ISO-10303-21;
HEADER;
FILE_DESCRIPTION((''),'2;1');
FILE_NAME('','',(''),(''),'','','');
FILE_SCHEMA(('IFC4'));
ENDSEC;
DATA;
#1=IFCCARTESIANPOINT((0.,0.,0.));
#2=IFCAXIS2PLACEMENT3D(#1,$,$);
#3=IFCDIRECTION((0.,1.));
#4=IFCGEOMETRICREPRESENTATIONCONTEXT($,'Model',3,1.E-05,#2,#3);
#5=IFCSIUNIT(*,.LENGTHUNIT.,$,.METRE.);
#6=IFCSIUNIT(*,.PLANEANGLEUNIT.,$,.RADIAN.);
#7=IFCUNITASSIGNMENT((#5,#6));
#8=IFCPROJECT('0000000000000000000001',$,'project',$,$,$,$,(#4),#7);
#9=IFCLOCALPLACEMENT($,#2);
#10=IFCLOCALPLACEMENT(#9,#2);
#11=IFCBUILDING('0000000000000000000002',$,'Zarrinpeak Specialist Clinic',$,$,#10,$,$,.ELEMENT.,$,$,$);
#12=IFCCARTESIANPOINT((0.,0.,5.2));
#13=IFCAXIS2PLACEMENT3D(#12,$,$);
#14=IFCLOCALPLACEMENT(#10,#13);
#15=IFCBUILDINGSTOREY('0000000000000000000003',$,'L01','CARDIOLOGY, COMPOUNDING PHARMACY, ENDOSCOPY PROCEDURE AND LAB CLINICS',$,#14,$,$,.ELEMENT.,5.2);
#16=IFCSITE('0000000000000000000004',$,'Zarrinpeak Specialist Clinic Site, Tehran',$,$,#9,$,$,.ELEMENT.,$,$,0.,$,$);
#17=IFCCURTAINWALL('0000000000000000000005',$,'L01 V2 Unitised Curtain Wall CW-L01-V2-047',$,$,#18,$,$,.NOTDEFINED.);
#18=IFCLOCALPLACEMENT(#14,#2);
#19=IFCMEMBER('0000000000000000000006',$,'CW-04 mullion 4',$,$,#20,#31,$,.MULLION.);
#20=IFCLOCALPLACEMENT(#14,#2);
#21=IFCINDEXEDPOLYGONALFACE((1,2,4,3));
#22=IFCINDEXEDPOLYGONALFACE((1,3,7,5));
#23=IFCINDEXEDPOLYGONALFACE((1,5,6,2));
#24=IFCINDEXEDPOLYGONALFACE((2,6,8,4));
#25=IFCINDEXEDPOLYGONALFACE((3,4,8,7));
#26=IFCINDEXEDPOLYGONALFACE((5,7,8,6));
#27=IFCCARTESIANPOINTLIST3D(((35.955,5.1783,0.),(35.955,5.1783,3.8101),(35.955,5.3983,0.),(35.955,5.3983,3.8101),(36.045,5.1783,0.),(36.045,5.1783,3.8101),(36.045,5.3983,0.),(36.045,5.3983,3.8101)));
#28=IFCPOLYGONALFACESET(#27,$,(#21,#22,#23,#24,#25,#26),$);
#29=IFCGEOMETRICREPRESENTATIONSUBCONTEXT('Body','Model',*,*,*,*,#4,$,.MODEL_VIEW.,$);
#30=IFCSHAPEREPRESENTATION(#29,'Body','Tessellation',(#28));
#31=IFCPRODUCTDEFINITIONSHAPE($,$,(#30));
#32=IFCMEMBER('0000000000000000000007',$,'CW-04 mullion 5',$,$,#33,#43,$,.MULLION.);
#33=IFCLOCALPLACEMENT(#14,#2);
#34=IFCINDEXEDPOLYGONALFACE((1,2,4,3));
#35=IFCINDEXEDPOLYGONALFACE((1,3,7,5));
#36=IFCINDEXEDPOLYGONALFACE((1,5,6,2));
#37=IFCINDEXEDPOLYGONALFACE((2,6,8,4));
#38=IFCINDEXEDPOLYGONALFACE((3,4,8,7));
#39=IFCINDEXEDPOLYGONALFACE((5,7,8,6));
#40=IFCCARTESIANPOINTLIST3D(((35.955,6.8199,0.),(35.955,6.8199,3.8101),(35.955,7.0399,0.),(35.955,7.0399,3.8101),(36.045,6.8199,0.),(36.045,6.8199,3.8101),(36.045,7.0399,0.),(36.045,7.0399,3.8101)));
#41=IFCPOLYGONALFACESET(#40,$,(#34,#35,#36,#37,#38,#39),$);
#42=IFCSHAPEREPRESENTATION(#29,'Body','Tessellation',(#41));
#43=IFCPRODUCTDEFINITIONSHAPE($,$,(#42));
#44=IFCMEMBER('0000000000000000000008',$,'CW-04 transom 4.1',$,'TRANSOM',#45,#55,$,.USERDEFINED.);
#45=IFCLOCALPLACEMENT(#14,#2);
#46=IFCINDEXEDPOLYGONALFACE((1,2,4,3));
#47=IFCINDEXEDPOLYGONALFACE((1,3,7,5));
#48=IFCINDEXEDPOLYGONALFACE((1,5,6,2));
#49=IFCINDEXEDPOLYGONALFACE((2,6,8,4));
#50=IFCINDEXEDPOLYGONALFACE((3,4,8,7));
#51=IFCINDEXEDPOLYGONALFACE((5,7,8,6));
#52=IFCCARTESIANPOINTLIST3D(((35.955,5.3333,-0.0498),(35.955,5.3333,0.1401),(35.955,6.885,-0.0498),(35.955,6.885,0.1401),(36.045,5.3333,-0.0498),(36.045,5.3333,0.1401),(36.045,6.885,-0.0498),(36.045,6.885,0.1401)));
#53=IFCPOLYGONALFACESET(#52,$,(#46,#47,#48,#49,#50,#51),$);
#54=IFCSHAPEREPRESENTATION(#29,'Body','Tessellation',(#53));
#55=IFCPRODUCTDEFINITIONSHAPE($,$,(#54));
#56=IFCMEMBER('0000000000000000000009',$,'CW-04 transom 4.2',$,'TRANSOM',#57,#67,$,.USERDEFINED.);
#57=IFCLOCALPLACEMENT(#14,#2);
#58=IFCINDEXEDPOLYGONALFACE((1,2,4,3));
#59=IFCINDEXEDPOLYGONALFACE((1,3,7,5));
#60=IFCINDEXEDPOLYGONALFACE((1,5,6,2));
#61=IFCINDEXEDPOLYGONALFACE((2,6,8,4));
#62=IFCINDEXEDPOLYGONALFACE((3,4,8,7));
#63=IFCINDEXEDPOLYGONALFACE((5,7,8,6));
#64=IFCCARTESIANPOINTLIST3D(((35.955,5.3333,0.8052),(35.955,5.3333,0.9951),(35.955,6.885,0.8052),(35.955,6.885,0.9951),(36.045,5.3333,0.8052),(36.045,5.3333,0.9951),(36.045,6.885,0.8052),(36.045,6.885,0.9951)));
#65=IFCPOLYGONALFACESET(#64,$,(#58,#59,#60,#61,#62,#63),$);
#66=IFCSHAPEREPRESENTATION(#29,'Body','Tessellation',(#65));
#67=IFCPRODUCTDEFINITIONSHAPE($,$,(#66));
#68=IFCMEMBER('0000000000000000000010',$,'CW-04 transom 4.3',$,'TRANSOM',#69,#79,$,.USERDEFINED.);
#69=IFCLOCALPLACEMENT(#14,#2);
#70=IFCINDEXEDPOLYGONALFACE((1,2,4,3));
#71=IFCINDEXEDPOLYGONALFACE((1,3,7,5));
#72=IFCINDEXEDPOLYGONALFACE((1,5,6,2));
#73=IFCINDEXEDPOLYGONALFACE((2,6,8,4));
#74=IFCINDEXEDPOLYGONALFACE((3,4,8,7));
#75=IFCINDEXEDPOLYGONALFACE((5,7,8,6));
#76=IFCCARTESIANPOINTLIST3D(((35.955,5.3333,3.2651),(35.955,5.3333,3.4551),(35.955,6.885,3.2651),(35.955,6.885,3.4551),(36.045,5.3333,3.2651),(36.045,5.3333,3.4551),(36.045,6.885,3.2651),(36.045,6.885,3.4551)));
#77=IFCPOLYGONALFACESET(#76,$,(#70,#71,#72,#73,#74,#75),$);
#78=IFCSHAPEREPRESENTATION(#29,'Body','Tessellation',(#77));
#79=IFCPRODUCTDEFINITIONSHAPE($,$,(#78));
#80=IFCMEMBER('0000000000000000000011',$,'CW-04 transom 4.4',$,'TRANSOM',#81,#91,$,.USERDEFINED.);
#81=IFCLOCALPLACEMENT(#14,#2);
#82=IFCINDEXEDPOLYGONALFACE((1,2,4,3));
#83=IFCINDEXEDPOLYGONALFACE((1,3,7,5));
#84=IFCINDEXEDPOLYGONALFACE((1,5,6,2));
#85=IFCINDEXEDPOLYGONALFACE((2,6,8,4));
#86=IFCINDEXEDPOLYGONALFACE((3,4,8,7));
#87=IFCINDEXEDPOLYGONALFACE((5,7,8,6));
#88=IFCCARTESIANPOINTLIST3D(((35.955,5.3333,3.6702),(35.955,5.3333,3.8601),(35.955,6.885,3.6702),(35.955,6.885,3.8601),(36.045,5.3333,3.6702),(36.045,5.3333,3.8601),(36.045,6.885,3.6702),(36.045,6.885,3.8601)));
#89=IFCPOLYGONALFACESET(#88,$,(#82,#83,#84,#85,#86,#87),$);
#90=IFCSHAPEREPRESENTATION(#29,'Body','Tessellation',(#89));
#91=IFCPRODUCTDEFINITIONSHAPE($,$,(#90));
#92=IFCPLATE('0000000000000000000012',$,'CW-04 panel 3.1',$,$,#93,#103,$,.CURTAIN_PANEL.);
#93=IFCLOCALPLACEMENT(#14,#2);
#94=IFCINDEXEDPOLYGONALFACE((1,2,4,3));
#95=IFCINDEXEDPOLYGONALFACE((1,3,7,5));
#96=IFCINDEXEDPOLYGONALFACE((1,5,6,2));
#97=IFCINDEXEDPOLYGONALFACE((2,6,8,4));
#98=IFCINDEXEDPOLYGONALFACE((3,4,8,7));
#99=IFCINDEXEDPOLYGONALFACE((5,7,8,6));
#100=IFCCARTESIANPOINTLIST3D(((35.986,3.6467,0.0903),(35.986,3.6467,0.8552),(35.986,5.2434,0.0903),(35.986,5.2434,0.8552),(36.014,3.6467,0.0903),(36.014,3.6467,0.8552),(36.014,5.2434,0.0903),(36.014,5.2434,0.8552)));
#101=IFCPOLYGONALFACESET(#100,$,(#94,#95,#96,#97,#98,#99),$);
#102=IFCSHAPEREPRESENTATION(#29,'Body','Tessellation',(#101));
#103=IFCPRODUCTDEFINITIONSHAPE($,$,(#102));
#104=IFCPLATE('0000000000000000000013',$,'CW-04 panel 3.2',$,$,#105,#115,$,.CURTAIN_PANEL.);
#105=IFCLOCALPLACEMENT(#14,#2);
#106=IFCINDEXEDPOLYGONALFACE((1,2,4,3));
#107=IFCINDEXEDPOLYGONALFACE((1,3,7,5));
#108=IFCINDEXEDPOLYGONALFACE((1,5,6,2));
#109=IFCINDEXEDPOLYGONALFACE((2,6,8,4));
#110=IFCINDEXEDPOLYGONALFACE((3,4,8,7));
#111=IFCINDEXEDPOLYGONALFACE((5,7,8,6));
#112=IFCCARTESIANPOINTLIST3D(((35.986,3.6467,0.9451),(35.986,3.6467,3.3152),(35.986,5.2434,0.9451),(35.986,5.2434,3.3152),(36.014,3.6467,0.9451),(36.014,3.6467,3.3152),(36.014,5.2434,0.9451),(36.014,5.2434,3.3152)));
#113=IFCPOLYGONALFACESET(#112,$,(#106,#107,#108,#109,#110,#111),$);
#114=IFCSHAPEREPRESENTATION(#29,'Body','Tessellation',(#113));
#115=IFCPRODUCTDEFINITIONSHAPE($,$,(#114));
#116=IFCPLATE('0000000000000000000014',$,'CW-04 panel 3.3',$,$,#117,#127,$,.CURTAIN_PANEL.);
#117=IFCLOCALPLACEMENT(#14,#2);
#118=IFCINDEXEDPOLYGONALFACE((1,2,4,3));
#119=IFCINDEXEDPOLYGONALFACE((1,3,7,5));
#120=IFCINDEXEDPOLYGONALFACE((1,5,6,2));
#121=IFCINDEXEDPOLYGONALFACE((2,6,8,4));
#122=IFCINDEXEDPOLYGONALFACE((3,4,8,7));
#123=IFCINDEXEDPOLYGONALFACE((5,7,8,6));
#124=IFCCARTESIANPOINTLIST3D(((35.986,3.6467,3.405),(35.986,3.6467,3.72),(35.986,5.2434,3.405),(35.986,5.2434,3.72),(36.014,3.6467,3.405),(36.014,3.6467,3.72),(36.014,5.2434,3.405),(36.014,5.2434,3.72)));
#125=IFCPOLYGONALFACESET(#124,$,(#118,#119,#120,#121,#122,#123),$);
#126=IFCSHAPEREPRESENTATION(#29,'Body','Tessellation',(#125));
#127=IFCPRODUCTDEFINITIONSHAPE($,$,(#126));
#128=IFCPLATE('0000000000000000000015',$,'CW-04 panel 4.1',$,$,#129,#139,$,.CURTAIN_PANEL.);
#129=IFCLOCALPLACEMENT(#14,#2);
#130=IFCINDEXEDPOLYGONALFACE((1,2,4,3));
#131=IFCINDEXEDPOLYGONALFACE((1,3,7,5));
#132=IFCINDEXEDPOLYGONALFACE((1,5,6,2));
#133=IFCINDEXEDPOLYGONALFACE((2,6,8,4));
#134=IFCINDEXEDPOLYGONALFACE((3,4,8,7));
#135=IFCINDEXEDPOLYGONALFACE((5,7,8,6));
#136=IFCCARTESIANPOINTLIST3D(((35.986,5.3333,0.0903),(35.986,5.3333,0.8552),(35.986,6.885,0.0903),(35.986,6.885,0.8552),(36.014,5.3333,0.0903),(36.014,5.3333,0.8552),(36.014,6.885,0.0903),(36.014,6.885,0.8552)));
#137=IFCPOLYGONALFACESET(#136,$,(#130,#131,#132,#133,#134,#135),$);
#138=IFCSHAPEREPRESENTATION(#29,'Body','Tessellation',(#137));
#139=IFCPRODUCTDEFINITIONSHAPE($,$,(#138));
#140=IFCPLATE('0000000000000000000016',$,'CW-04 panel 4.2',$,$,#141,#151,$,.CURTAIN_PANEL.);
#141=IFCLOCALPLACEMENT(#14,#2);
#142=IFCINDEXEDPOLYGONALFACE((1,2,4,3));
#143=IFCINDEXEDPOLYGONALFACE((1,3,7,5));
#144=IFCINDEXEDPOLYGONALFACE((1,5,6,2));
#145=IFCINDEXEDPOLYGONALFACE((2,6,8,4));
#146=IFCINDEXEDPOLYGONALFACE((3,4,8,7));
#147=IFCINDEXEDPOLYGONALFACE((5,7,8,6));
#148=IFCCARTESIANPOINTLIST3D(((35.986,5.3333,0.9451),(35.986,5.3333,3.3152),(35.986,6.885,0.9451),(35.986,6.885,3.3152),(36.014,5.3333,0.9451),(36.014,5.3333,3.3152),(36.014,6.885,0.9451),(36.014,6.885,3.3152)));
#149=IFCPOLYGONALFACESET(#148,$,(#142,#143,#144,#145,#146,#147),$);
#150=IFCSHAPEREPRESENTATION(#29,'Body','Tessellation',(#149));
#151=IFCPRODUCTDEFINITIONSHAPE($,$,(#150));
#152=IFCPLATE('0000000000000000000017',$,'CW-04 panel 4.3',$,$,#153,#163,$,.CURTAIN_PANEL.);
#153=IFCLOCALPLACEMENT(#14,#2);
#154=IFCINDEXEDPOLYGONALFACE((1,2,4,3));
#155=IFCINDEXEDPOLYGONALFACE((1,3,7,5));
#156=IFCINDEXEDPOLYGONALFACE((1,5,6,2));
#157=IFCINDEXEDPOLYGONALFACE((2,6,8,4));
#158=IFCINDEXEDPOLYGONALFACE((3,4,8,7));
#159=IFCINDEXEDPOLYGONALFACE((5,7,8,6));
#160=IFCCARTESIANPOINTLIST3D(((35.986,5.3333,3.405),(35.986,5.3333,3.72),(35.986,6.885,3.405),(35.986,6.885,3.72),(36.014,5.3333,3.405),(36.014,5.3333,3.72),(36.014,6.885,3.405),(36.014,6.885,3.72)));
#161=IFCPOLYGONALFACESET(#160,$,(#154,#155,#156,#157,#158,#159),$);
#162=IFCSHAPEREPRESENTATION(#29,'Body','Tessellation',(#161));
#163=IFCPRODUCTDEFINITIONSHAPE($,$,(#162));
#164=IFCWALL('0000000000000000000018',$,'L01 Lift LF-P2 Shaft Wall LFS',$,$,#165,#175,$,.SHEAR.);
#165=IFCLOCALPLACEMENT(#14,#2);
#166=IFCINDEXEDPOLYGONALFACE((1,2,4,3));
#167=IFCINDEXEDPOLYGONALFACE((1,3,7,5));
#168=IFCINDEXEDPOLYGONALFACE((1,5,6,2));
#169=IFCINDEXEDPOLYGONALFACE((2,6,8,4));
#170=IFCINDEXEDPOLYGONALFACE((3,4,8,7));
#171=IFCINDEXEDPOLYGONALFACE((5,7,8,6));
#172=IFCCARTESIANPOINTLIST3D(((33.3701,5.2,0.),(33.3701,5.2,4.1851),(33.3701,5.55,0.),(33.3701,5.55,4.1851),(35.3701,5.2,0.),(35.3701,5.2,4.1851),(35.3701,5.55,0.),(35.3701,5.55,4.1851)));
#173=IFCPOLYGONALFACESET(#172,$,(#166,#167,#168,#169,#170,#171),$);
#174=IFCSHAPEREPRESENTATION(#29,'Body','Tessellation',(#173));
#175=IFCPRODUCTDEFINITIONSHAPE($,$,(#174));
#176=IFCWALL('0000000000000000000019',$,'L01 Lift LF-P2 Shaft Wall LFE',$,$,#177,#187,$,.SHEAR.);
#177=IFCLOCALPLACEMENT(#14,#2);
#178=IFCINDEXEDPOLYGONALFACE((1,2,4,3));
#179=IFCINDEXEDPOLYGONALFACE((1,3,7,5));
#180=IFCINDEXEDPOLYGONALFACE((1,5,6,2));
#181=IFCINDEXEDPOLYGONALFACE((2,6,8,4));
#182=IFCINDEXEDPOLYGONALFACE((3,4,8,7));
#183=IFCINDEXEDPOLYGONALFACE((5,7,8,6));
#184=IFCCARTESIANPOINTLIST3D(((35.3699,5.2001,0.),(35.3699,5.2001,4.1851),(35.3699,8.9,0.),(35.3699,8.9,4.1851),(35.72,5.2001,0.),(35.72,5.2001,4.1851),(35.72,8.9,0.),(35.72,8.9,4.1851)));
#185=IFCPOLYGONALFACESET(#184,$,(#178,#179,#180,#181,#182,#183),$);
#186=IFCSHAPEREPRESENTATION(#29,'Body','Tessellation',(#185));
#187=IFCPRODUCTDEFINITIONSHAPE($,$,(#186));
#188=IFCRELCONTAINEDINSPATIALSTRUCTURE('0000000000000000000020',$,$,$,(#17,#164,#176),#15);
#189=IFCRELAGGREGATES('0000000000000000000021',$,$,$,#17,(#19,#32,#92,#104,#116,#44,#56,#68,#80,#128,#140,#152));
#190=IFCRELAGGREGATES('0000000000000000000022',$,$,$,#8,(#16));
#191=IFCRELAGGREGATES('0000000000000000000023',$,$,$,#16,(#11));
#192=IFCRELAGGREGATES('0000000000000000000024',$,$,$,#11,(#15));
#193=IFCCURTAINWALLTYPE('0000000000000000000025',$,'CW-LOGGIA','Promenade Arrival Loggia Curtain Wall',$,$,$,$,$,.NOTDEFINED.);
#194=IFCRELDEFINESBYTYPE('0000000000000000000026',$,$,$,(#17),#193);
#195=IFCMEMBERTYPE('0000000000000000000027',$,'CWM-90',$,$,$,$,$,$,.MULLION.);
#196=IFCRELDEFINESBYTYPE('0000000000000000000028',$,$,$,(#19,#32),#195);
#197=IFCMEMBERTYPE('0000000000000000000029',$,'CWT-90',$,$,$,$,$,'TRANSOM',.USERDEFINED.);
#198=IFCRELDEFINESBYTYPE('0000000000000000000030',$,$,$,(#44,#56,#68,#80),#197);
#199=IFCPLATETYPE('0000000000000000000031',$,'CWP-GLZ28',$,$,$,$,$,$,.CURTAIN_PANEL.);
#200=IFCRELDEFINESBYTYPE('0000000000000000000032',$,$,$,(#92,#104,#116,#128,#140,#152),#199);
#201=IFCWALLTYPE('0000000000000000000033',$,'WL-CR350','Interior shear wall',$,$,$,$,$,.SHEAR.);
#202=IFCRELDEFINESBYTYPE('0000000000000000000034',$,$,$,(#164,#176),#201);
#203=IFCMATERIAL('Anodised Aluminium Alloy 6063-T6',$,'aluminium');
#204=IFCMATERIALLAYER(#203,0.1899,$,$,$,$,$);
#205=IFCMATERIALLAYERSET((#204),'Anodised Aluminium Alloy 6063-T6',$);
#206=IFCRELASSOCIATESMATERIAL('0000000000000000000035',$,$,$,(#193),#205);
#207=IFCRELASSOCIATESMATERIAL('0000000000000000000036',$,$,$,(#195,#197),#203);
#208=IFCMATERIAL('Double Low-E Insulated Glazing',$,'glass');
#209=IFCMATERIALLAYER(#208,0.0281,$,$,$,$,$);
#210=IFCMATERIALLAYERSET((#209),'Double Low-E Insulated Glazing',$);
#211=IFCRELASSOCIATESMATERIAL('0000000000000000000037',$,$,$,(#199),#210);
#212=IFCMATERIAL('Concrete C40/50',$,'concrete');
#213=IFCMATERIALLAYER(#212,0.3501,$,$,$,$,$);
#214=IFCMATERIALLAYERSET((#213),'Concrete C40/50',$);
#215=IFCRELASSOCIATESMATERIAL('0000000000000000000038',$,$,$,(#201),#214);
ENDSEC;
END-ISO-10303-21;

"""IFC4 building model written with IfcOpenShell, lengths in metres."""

from ifc_helpers import new_model, si_unit, direction, frame, frame_2d, origin, origin_2d, place, context, subcontext, project, spatial, rectangle, extrude, material, layer, layer_set, material_profile, profile_set, type_object, element, aggregate, save


model = new_model("IFC4")

# Units and contexts
model_context = context("Model", 3, precision=1e-05, world=origin(), true_north=direction((0.0, 1.0)))
body_context = subcontext(model_context, "Body", "Model", "MODEL_VIEW")
ifc_project = project(units=[si_unit("LENGTHUNIT", "METRE"), si_unit("PLANEANGLEUNIT", "RADIAN")], contexts=[model_context])

# Site, building, storey
site_placement = place(None, origin())
site = spatial("IfcSite", under=ifc_project, at=site_placement, Name="Zarrinpeak Specialist Clinic Site, Tehran", CompositionType="ELEMENT", RefElevation=0.0)
building_placement = place(site_placement, origin())
building = spatial("IfcBuilding", under=site, at=building_placement, Name="Zarrinpeak Specialist Clinic", CompositionType="ELEMENT")
storey_placement = place(building_placement, frame((0.0, 0.0, 5.2)))
storey = spatial("IfcBuildingStorey", under=building, at=storey_placement, Name="L01", Description="CARDIOLOGY, COMPOUNDING PHARMACY, ENDOSCOPY PROCEDURE AND LAB CLINICS", CompositionType="ELEMENT", Elevation=5.2)

# Curtain wall, members, plates
ifc_material_1 = material(Name="Anodised Aluminium Alloy 6063-T6", Category="aluminium")
ifc_layer_1 = layer(ifc_material_1, 0.1899)
ifc_layer_set_1 = layer_set([ifc_layer_1], Name="Anodised Aluminium Alloy 6063-T6")
curtain_wall_type = type_object("IfcCurtainWallType", Name="CW-LOGGIA", Description="Promenade Arrival Loggia Curtain Wall", PredefinedType="NOTDEFINED", material=ifc_layer_set_1)
curtain_wall_placement = place(storey_placement, origin())
curtain_wall = element("IfcCurtainWall", 1, at=curtain_wall_placement, inside=storey, type_object=curtain_wall_type, Name="L01 V2 Unitised Curtain Wall CW-L01-V2-047", PredefinedType="NOTDEFINED")
ifc_material_profile_1 = material_profile(ifc_material_1, rectangle(XDim=0.0901, YDim=0.22, at=origin_2d()), Name="ALU 90x220")
ifc_profile_set_1 = profile_set([ifc_material_profile_1], Name="Anodised Aluminium Alloy 6063-T6")
member_type_1 = type_object("IfcMemberType", Name="CWM-90", PredefinedType="MULLION", material=ifc_profile_set_1)
member_1_placement = place(storey_placement, frame((36.0, 5.2883, 0.0), z_axis=(0.0, 0.0, 1.0), x_axis=(-1.0, 0.0, 0.0)))
member_1 = element("IfcMember", 2, at=member_1_placement, type_object=member_type_1, Name="CW-04 mullion 4", PredefinedType="MULLION", context=body_context, shape_type="SweptSolid", body=[
    extrude(rectangle(XDim=0.0901, YDim=0.22, at=origin_2d()), origin(), (0.0, 0.0, 1.0), 3.8101),
])
member_2_placement = place(storey_placement, frame((36.0, 6.9299, 0.0), z_axis=(0.0, 0.0, 1.0), x_axis=(-1.0, 0.0, 0.0)))
member_2 = element("IfcMember", 3, at=member_2_placement, type_object=member_type_1, Name="CW-04 mullion 5", PredefinedType="MULLION", context=body_context, shape_type="SweptSolid", body=[
    extrude(rectangle(XDim=0.0901, YDim=0.22, at=origin_2d()), origin(), (0.0, 0.0, 1.0), 3.8101),
])
ifc_material_profile_2 = material_profile(ifc_material_1, rectangle(XDim=0.0901, YDim=0.1899, at=origin_2d()), Name="ALU 90x190")
ifc_profile_set_2 = profile_set([ifc_material_profile_2], Name="Anodised Aluminium Alloy 6063-T6")
member_type_2 = type_object("IfcMemberType", Name="CWT-90", ElementType="TRANSOM", PredefinedType="USERDEFINED", material=ifc_profile_set_2)
member_3_placement = place(storey_placement, frame((36.0, 5.3333, 0.0452), z_axis=(0.0, 1.0, 0.0), x_axis=(-1.0, 0.0, 0.0)))
member_3 = element("IfcMember", 4, at=member_3_placement, type_object=member_type_2, Name="CW-04 transom 4.1", ObjectType="TRANSOM", PredefinedType="USERDEFINED", context=body_context, shape_type="SweptSolid", body=[
    extrude(rectangle(XDim=0.0901, YDim=0.1899, at=origin_2d()), origin(), (0.0, 0.0, 1.0), 1.5518),
])
member_4_placement = place(storey_placement, frame((36.0, 5.3333, 0.9001), z_axis=(0.0, 1.0, 0.0), x_axis=(-1.0, 0.0, 0.0)))
member_4 = element("IfcMember", 5, at=member_4_placement, type_object=member_type_2, Name="CW-04 transom 4.2", ObjectType="TRANSOM", PredefinedType="USERDEFINED", context=body_context, shape_type="SweptSolid", body=[
    extrude(rectangle(XDim=0.0901, YDim=0.1899, at=origin_2d()), origin(), (0.0, 0.0, 1.0), 1.5518),
])
member_5_placement = place(storey_placement, frame((36.0, 5.3333, 3.3601), z_axis=(0.0, 1.0, 0.0), x_axis=(-1.0, 0.0, 0.0)))
member_5 = element("IfcMember", 6, at=member_5_placement, type_object=member_type_2, Name="CW-04 transom 4.3", ObjectType="TRANSOM", PredefinedType="USERDEFINED", context=body_context, shape_type="SweptSolid", body=[
    extrude(rectangle(XDim=0.0901, YDim=0.1899, at=origin_2d()), origin(), (0.0, 0.0, 1.0), 1.5518),
])
member_6_placement = place(storey_placement, frame((36.0, 5.3333, 3.7651), z_axis=(0.0, 1.0, 0.0), x_axis=(-1.0, 0.0, 0.0)))
member_6 = element("IfcMember", 7, at=member_6_placement, type_object=member_type_2, Name="CW-04 transom 4.4", ObjectType="TRANSOM", PredefinedType="USERDEFINED", context=body_context, shape_type="SweptSolid", body=[
    extrude(rectangle(XDim=0.0901, YDim=0.1899, at=origin_2d()), origin(), (0.0, 0.0, 1.0), 1.5518),
])
ifc_material_2 = material(Name="Double Low-E Insulated Glazing", Category="glass")
ifc_layer_2 = layer(ifc_material_2, 0.0281)
ifc_layer_set_2 = layer_set([ifc_layer_2], Name="Double Low-E Insulated Glazing")
plate_type = type_object("IfcPlateType", Name="CWP-GLZ28", PredefinedType="CURTAIN_PANEL", material=ifc_layer_set_2)
plate_1_placement = place(storey_placement, frame((36.0, 4.4451, 0.0903), z_axis=(0.0, 0.0, 1.0), x_axis=(0.0, 1.0, 0.0)))
plate_1 = element("IfcPlate", 8, at=plate_1_placement, type_object=plate_type, Name="CW-04 panel 3.1", PredefinedType="CURTAIN_PANEL", context=body_context, shape_type="SweptSolid", body=[
    extrude(rectangle(XDim=1.5967, YDim=0.0281, at=origin_2d()), origin(), (0.0, 0.0, 1.0), 0.7649),
])
plate_2_placement = place(storey_placement, frame((36.0, 4.4451, 0.9451), z_axis=(0.0, 0.0, 1.0), x_axis=(0.0, 1.0, 0.0)))
plate_2 = element("IfcPlate", 9, at=plate_2_placement, type_object=plate_type, Name="CW-04 panel 3.2", PredefinedType="CURTAIN_PANEL", context=body_context, shape_type="SweptSolid", body=[
    extrude(rectangle(XDim=1.5967, YDim=0.0281, at=origin_2d()), origin(), (0.0, 0.0, 1.0), 2.3701),
])
plate_3_placement = place(storey_placement, frame((36.0, 4.4451, 3.405), z_axis=(0.0, 0.0, 1.0), x_axis=(0.0, 1.0, 0.0)))
plate_3 = element("IfcPlate", 10, at=plate_3_placement, type_object=plate_type, Name="CW-04 panel 3.3", PredefinedType="CURTAIN_PANEL", context=body_context, shape_type="SweptSolid", body=[
    extrude(rectangle(XDim=1.5967, YDim=0.0281, at=origin_2d()), origin(), (0.0, 0.0, 1.0), 0.3149),
])
plate_4_placement = place(storey_placement, frame((36.0, 6.1091, 0.0903), z_axis=(0.0, 0.0, 1.0), x_axis=(0.0, 1.0, 0.0)))
plate_4 = element("IfcPlate", 11, at=plate_4_placement, type_object=plate_type, Name="CW-04 panel 4.1", PredefinedType="CURTAIN_PANEL", context=body_context, shape_type="SweptSolid", body=[
    extrude(rectangle(XDim=1.5518, YDim=0.0281, at=origin_2d()), origin(), (0.0, 0.0, 1.0), 0.7649),
])
plate_5_placement = place(storey_placement, frame((36.0, 6.1091, 0.9451), z_axis=(0.0, 0.0, 1.0), x_axis=(0.0, 1.0, 0.0)))
plate_5 = element("IfcPlate", 12, at=plate_5_placement, type_object=plate_type, Name="CW-04 panel 4.2", PredefinedType="CURTAIN_PANEL", context=body_context, shape_type="SweptSolid", body=[
    extrude(rectangle(XDim=1.5518, YDim=0.0281, at=origin_2d()), origin(), (0.0, 0.0, 1.0), 2.3701),
])
plate_6_placement = place(storey_placement, frame((36.0, 6.1091, 3.405), z_axis=(0.0, 0.0, 1.0), x_axis=(0.0, 1.0, 0.0)))
plate_6 = element("IfcPlate", 13, at=plate_6_placement, type_object=plate_type, Name="CW-04 panel 4.3", PredefinedType="CURTAIN_PANEL", context=body_context, shape_type="SweptSolid", body=[
    extrude(rectangle(XDim=1.5518, YDim=0.0281, at=origin_2d()), origin(), (0.0, 0.0, 1.0), 0.3149),
])
aggregate(curtain_wall, [member_1, member_2, plate_1, plate_2, plate_3, member_3, member_4, member_5, member_6, plate_4, plate_5, plate_6])

# Walls
ifc_material_3 = material(Name="Concrete C40/50", Category="concrete")
ifc_layer_3 = layer(ifc_material_3, 0.3501)
ifc_layer_set_3 = layer_set([ifc_layer_3], Name="Concrete C40/50")
wall_type = type_object("IfcWallType", Name="WL-CR350", Description="Interior shear wall", PredefinedType="SHEAR", material=ifc_layer_set_3)
wall_1_placement = place(storey_placement, frame((33.3701, 5.375, 0.0), z_axis=(0.0, 0.0, 1.0), x_axis=(1.0, 0.0, 0.0)))
element("IfcWall", 14, at=wall_1_placement, inside=storey, type_object=wall_type, Name="L01 Lift LF-P2 Shaft Wall LFS", PredefinedType="SHEAR", context=body_context, shape_type="SweptSolid", body=[
    extrude(rectangle(XDim=2.0, YDim=0.3501, at=frame_2d((1.0, 0.0))), origin(), (0.0, 0.0, 1.0), 4.1851),
])
wall_2_placement = place(storey_placement, frame((35.5449, 5.2, 0.0), z_axis=(0.0, 0.0, 1.0), x_axis=(0.0, 1.0, 0.0)))
element("IfcWall", 15, at=wall_2_placement, inside=storey, type_object=wall_type, Name="L01 Lift LF-P2 Shaft Wall LFE", PredefinedType="SHEAR", context=body_context, shape_type="SweptSolid", body=[
    extrude(rectangle(XDim=3.7, YDim=0.3501, at=frame_2d((1.8501, 0.0))), origin(), (0.0, 0.0, 1.0), 4.1851),
])

save(model, "model.ifc")
